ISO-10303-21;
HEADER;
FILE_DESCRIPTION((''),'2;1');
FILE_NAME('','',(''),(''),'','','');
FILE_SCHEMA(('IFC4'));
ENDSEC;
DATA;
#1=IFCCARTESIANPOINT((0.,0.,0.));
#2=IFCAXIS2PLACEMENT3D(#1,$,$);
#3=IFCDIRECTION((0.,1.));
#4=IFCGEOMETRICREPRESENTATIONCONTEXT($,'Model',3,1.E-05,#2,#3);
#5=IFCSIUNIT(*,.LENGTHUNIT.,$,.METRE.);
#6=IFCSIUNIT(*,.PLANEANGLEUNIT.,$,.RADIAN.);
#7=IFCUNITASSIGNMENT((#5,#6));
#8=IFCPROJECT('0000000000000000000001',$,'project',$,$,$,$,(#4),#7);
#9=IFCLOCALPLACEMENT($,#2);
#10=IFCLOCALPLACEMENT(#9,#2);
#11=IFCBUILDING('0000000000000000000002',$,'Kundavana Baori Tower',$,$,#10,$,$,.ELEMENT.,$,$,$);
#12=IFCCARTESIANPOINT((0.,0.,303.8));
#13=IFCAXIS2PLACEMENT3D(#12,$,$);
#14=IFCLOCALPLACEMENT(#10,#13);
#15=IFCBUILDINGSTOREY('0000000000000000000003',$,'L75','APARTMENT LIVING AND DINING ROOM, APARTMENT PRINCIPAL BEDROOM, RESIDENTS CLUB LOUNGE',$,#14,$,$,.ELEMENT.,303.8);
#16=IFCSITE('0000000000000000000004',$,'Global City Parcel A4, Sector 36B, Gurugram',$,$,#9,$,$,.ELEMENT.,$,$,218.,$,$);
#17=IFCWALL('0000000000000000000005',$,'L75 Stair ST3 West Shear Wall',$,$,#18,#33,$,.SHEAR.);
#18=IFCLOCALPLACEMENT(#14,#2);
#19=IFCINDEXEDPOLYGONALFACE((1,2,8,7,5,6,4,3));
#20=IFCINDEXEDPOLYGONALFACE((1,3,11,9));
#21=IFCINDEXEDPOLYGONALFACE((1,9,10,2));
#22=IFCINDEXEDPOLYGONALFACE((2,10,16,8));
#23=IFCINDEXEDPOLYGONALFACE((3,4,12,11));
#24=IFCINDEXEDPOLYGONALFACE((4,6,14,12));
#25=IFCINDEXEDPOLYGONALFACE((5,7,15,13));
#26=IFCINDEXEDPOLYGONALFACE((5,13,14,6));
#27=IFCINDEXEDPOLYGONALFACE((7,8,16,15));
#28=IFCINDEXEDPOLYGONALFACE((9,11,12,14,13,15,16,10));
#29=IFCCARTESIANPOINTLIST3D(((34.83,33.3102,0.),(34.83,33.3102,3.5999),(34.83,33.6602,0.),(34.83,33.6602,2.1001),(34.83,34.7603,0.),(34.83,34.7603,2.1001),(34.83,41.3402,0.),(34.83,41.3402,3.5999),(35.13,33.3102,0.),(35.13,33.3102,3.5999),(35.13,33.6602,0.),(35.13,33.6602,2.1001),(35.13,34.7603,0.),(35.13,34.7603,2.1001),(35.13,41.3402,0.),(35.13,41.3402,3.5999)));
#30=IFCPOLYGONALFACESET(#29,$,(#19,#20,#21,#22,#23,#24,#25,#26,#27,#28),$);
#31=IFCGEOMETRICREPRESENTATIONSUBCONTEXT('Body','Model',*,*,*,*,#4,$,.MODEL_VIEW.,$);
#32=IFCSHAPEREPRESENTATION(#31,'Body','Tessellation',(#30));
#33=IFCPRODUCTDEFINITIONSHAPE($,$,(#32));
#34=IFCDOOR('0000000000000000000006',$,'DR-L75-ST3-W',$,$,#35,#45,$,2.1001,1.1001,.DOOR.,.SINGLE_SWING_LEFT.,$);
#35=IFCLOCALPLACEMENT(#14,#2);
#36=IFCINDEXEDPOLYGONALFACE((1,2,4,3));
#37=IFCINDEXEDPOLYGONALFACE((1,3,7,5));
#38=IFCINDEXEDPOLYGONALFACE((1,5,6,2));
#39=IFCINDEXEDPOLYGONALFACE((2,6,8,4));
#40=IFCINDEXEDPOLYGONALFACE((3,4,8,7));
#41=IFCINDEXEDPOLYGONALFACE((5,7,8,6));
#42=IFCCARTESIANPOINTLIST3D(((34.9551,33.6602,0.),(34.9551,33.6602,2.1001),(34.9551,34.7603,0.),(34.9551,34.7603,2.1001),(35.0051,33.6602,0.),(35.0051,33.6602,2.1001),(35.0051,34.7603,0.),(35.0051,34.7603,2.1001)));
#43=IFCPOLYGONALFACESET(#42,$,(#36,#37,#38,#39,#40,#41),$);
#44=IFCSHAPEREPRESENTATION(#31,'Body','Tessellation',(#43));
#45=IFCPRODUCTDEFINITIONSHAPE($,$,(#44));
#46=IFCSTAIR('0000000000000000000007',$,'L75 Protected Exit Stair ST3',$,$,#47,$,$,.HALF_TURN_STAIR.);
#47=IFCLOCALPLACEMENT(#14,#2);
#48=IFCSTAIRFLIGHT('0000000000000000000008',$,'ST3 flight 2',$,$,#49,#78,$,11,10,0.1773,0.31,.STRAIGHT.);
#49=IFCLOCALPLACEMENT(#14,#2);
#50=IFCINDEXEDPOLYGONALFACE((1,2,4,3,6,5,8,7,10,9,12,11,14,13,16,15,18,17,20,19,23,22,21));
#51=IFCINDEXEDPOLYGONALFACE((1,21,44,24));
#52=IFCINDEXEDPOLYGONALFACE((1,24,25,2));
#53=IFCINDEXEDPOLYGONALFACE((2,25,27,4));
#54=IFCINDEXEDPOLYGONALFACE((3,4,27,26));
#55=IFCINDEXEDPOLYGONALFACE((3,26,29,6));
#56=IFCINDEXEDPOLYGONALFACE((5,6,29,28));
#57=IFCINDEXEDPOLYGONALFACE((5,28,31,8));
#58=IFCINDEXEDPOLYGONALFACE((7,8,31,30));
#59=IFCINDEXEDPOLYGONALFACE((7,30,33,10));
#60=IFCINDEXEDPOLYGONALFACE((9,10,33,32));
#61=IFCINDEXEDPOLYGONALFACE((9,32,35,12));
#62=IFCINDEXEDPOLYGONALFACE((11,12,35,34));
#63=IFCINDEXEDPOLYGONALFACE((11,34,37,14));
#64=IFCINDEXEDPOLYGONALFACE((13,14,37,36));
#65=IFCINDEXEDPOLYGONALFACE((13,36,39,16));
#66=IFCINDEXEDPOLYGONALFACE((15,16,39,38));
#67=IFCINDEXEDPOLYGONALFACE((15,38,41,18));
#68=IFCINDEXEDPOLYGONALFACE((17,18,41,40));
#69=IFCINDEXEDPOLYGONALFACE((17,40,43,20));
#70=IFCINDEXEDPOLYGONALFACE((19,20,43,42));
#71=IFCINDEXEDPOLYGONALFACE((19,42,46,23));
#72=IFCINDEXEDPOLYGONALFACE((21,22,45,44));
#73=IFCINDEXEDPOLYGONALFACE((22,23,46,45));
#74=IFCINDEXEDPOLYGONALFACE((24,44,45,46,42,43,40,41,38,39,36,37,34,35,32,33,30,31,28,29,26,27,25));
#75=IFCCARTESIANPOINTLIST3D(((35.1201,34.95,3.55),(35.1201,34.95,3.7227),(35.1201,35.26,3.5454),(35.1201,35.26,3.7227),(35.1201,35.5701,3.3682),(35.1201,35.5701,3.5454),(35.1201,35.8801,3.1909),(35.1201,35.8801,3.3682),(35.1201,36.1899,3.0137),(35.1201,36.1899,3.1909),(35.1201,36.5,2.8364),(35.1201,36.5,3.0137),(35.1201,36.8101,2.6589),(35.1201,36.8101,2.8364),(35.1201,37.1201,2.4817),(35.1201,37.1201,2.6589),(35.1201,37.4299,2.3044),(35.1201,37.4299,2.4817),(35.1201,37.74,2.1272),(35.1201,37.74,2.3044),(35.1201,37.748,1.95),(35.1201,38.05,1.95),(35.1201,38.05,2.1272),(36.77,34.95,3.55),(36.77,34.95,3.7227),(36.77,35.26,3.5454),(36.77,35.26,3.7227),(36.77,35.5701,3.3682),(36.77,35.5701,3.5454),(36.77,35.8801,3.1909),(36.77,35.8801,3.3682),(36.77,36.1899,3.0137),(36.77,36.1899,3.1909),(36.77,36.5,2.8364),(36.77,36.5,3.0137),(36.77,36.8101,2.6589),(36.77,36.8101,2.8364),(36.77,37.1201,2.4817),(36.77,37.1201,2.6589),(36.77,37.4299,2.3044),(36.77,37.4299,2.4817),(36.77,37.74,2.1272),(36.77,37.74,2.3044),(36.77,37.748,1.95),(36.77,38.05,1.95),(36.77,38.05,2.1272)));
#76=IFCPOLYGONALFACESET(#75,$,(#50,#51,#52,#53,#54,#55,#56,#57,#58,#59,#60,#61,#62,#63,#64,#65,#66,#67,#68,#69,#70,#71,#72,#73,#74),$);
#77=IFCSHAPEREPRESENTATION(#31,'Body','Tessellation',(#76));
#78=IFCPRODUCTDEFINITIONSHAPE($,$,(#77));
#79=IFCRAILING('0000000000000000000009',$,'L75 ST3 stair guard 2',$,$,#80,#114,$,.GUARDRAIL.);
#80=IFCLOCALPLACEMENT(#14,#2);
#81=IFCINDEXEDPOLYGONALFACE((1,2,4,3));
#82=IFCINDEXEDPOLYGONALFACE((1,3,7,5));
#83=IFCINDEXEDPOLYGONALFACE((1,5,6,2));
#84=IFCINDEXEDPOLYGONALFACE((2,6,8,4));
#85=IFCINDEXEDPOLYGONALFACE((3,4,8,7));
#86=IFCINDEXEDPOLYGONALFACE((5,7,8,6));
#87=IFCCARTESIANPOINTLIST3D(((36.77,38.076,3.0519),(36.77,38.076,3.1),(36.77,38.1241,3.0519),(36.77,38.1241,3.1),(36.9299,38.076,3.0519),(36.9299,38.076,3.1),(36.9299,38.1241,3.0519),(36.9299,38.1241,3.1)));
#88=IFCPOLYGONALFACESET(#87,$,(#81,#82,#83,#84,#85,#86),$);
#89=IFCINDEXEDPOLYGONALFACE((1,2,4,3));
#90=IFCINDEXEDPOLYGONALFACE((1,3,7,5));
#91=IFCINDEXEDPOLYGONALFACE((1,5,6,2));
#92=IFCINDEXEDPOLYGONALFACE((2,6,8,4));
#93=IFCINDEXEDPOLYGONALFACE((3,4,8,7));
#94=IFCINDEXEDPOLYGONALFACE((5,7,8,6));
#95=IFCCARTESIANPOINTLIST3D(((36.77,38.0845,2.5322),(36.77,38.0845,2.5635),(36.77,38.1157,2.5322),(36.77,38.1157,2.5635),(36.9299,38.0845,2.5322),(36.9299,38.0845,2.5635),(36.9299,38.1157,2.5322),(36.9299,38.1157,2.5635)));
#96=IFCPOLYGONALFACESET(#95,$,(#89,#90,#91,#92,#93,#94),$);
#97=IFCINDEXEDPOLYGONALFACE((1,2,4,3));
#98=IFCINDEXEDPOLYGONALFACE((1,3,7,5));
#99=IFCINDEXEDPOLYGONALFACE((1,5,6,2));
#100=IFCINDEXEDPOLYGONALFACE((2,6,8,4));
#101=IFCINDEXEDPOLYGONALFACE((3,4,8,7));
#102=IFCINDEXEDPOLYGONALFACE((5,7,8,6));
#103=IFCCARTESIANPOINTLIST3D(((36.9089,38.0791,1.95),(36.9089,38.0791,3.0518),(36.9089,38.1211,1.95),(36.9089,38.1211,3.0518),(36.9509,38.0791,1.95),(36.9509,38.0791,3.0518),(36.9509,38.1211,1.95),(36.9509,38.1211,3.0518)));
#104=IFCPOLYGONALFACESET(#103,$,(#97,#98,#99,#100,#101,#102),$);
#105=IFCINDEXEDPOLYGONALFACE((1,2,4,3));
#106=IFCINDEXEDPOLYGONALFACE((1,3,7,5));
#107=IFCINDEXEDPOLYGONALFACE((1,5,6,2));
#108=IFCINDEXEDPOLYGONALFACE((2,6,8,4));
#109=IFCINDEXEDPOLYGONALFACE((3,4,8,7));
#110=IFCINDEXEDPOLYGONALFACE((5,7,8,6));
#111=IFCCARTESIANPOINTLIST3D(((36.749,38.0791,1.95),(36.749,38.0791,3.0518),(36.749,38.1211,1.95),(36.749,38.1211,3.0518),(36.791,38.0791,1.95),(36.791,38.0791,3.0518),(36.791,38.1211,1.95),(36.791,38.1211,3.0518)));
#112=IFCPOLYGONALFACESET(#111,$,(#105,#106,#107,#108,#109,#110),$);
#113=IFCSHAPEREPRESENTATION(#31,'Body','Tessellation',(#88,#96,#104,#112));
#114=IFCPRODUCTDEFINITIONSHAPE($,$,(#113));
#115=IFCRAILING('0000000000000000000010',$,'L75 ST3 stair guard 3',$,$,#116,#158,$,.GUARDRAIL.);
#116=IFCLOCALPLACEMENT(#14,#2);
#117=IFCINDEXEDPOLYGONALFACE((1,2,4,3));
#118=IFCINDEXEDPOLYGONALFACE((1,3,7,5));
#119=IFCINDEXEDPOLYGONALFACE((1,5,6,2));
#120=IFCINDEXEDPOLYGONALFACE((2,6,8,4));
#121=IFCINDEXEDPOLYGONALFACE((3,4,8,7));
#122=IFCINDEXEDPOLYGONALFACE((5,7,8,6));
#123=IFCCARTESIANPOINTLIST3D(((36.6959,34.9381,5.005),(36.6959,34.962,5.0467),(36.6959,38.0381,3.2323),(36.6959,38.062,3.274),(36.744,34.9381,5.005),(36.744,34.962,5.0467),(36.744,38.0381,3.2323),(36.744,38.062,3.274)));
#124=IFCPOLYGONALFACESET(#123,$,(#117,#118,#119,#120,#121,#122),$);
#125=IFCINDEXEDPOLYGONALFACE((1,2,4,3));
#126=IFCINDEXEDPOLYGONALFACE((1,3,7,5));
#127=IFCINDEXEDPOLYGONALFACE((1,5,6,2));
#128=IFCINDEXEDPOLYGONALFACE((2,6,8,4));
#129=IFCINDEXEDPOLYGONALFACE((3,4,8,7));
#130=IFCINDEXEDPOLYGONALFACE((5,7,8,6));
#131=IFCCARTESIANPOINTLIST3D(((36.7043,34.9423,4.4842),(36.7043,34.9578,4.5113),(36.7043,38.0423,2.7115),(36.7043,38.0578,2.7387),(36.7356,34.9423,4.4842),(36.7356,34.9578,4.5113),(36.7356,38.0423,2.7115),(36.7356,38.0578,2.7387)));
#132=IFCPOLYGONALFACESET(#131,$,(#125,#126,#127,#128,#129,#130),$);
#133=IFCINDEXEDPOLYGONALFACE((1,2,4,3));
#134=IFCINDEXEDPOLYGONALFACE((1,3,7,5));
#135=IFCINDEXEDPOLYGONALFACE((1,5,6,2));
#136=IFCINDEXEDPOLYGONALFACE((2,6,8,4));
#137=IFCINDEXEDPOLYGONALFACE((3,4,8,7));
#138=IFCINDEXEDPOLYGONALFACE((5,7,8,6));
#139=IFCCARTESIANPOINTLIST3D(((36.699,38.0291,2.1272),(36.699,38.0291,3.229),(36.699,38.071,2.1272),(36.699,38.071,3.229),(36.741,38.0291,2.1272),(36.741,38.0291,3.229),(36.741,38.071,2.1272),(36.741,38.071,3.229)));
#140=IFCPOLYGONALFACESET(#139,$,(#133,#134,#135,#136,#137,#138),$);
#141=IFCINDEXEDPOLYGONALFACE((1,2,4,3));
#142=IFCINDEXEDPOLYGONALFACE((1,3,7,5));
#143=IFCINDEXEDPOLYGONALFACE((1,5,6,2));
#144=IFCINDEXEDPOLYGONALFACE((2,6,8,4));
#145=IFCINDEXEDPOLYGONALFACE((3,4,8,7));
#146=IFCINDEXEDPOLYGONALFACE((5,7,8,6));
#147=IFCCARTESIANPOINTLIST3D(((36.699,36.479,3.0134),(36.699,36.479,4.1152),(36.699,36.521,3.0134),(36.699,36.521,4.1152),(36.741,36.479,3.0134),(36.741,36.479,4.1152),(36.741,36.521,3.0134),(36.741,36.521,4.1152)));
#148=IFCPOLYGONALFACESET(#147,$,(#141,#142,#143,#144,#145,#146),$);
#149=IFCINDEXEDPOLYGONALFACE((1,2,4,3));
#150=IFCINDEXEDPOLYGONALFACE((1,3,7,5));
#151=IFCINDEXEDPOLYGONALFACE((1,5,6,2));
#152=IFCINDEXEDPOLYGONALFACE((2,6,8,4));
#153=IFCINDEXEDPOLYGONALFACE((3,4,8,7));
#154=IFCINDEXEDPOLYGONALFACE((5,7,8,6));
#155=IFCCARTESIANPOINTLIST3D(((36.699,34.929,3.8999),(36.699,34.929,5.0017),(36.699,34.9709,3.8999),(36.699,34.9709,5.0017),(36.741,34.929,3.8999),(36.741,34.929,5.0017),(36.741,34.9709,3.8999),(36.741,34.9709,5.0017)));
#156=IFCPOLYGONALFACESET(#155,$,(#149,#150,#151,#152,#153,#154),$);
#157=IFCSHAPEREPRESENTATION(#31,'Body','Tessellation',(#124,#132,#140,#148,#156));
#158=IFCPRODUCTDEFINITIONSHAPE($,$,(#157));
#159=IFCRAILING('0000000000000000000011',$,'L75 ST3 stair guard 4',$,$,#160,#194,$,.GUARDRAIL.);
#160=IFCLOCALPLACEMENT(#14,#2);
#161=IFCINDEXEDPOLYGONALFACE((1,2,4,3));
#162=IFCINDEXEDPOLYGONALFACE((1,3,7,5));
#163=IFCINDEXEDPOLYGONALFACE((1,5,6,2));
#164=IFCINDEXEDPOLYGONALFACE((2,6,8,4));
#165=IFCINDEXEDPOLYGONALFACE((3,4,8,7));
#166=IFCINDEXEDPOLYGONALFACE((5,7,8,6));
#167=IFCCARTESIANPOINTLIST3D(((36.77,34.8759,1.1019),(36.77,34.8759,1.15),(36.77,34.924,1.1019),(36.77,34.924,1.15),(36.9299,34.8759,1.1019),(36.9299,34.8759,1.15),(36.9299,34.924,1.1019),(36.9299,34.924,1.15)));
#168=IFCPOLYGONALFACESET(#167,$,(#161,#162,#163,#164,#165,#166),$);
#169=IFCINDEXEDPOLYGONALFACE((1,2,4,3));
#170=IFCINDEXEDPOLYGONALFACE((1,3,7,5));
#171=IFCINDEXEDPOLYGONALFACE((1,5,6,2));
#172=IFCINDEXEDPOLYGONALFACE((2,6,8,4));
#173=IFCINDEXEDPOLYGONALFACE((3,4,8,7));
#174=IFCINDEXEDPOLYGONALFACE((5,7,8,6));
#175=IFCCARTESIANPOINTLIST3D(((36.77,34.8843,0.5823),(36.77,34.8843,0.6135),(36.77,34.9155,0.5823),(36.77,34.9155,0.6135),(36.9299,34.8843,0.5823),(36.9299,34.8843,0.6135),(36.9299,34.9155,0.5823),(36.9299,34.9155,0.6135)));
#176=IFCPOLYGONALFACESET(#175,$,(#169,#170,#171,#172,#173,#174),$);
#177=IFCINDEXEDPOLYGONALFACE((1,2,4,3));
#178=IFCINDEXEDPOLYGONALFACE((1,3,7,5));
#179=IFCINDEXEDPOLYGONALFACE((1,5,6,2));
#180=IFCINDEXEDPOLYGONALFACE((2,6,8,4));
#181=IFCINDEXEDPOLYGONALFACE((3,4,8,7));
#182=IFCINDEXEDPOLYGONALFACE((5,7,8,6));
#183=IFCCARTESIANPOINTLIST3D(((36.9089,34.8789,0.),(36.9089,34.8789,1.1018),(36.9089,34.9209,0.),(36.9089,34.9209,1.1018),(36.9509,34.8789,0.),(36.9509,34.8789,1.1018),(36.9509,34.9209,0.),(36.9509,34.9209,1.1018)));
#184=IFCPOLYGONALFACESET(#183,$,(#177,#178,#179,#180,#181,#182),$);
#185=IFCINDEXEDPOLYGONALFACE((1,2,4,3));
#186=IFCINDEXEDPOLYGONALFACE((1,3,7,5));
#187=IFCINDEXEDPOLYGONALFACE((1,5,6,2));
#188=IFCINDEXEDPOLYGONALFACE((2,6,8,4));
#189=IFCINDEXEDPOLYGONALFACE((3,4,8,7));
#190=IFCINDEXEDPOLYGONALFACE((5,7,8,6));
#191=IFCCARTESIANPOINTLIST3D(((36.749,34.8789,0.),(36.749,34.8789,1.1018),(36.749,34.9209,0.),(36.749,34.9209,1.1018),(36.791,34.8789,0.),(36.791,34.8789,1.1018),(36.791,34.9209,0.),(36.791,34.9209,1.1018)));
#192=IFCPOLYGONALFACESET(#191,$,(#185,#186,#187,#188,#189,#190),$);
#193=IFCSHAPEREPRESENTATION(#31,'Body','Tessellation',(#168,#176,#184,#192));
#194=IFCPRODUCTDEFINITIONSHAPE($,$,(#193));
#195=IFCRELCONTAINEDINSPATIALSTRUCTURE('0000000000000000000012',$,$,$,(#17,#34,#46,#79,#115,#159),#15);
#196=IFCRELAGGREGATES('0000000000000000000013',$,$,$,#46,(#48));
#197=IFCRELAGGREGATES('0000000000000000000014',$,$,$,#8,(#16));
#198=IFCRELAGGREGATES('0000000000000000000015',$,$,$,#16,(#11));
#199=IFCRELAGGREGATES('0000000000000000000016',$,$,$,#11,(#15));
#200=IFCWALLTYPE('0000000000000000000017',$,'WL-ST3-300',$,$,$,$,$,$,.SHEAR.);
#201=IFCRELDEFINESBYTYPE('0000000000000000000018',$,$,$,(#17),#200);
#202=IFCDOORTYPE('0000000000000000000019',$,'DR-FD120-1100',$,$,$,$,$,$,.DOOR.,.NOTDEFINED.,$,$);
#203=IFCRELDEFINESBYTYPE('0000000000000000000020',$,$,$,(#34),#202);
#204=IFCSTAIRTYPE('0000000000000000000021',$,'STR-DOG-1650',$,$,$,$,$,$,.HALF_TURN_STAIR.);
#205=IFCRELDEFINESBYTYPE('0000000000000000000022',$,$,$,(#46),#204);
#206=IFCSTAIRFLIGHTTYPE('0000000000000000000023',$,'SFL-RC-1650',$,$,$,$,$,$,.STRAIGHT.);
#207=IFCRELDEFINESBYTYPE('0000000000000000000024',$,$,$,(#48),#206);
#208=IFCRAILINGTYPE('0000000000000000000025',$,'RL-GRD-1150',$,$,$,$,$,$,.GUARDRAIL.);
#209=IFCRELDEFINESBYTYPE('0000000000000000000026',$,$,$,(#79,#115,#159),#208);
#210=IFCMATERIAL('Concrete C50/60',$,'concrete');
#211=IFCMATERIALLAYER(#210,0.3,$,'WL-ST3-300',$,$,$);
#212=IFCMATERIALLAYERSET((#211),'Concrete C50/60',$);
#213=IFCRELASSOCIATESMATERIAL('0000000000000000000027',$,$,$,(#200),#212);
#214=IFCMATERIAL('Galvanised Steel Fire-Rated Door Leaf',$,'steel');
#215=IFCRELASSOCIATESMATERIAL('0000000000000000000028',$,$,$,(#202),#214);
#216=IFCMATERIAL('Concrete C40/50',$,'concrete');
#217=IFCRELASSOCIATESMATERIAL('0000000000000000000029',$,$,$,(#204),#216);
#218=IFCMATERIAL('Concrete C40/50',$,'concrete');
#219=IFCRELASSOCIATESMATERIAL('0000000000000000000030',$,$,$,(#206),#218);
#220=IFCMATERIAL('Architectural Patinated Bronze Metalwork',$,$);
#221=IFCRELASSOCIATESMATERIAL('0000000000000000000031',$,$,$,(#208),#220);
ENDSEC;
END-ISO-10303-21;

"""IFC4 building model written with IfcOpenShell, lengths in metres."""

from ifc_helpers import new_model, si_unit, direction, frame, frame_2d, origin, origin_2d, place, context, subcontext, project, spatial, polyline, rectangle, outline, extrude, material, layer, layer_set, type_object, element, fill, aggregate, save


model = new_model("IFC4")

# Units and contexts
model_context = context("Model", 3, precision=1e-05, world=origin(), true_north=direction((0.0, 1.0)))
body_context = subcontext(model_context, "Body", "Model", "MODEL_VIEW")
ifc_project = project(units=[si_unit("LENGTHUNIT", "METRE"), si_unit("PLANEANGLEUNIT", "RADIAN")], contexts=[model_context])

# Site, building, storey
site_placement = place(None, origin())
site = spatial("IfcSite", under=ifc_project, at=site_placement, Name="Global City Parcel A4, Sector 36B, Gurugram", CompositionType="ELEMENT", RefElevation=218.0)
building_placement = place(site_placement, origin())
building = spatial("IfcBuilding", under=site, at=building_placement, Name="Kundavana Baori Tower", CompositionType="ELEMENT")
storey_placement = place(building_placement, frame((0.0, 0.0, 303.8)))
storey = spatial("IfcBuildingStorey", under=building, at=storey_placement, Name="L75", Description="APARTMENT LIVING AND DINING ROOM, APARTMENT PRINCIPAL BEDROOM, RESIDENTS CLUB LOUNGE", CompositionType="ELEMENT", Elevation=303.8)

# Shared definitions
ifc_material_1 = material(Name="Concrete C50/60", Category="concrete")
ifc_layer_1 = layer(ifc_material_1, 0.3, Name="WL-ST3-300")
ifc_layer_set_1 = layer_set([ifc_layer_1], Name="Concrete C50/60")
wall_type_1 = type_object("IfcWallType", Name="WL-ST3-300", PredefinedType="SHEAR", material=ifc_layer_set_1)

# Wall, opening, door
wall_1_placement = place(storey_placement, frame((34.98, 33.3101, 0.0), z_axis=(0.0, 0.0, 1.0), x_axis=(0.0, 1.0, 0.0)))
wall_1 = element("IfcWall", 1, at=wall_1_placement, inside=storey, type_object=wall_type_1, Name="L75 Stair ST3 West Shear Wall", PredefinedType="SHEAR", context=body_context, shape_type="SweptSolid", body=[
    extrude(rectangle(XDim=8.03, YDim=0.3, at=frame_2d((4.0151, 0.0))), origin(), (0.0, 0.0, 1.0), 3.5999),
])
opening_1_placement = place(wall_1_placement, frame((0.3501, 0.0, 0.0)))
opening_1 = element("IfcOpeningElement", 2, at=opening_1_placement, cuts=wall_1, PredefinedType="OPENING", context=body_context, shape_type="SweptSolid", body=[
    extrude(rectangle(XDim=1.1001, YDim=2.1001, at=frame_2d((0.55, 1.05))), frame((0.0, 0.1602, 0.0), z_axis=(0.0, -1.0, 0.0), x_axis=(1.0, 0.0, 0.0)), (0.0, 0.0, 1.0), 0.3201),
])
ifc_material_2 = material(Name="Galvanised Steel Fire-Rated Door Leaf", Category="steel")
door_type_1 = type_object("IfcDoorType", Name="DR-FD120-1100", OperationType="NOTDEFINED", PredefinedType="DOOR", material=ifc_material_2)
door_1_placement = place(opening_1_placement, origin())
door_1 = element("IfcDoor", 3, at=door_1_placement, inside=storey, type_object=door_type_1, Name="DR-L75-ST3-W", OperationType="SINGLE_SWING_LEFT", OverallHeight=2.1001, OverallWidth=1.1001, PredefinedType="DOOR", context=body_context, shape_type="SweptSolid", body=[
    extrude(rectangle(XDim=1.1001, YDim=2.1001, at=frame_2d((0.55, 1.05))), frame((0.0, 0.0249, 0.0), z_axis=(0.0, -1.0, 0.0), x_axis=(1.0, 0.0, 0.0)), (0.0, 0.0, 1.0), 0.05),
])
fill(opening_1, door_1)

# Stair, stair flight
ifc_material_3 = material(Name="Concrete C40/50", Category="concrete")
stair_type = type_object("IfcStairType", Name="STR-DOG-1650", PredefinedType="HALF_TURN_STAIR", material=ifc_material_3)
stair_placement = place(storey_placement, origin())
stair = element("IfcStair", 4, at=stair_placement, inside=storey, type_object=stair_type, Name="L75 Protected Exit Stair ST3", PredefinedType="HALF_TURN_STAIR")
ifc_material_4 = material(Name="Concrete C40/50", Category="concrete")
stair_flight_type = type_object("IfcStairFlightType", Name="SFL-RC-1650", PredefinedType="STRAIGHT", material=ifc_material_4)
stair_flight_placement = place(storey_placement, frame((35.9451, 38.05, 1.95), z_axis=(0.0, 0.0, 1.0), x_axis=(0.0, -1.0, 0.0)))
stair_flight = element("IfcStairFlight", 5, at=stair_flight_placement, type_object=stair_flight_type, Name="ST3 flight 2", NumberOfRisers=11, NumberOfTreads=10, PredefinedType="STRAIGHT", RiserHeight=0.1773, TreadLength=0.31, context=body_context, shape_type="SweptSolid", body=[
    extrude(outline(polyline([(0.0, 0.0), (0.0, 0.1772), (0.3101, 0.1772), (0.3101, 0.3545), (0.6201, 0.3545), (0.6201, 0.5317), (0.9299, 0.5317), (0.9299, 0.709), (1.24, 0.709), (1.24, 0.8865), (1.55, 0.8865), (1.55, 1.0637), (1.8601, 1.0637), (1.8601, 1.241), (2.1699, 1.241), (2.1699, 1.4182), (2.48, 1.4182), (2.48, 1.5955), (2.79, 1.5955), (2.79, 1.7727), (3.1001, 1.7727), (3.1001, 1.95), (3.1001, 1.6001), (0.302, 0.0), (0.0, 0.0)])), frame((0.0, 0.825, 0.0), z_axis=(0.0, -1.0, 0.0), x_axis=(1.0, 0.0, 0.0)), (0.0, 0.0, 1.0), 1.6499),
])
aggregate(stair, [stair_flight])

# Railings
ifc_material_5 = material(Name="Architectural Patinated Bronze Metalwork")
railing_type_1 = type_object("IfcRailingType", Name="RL-GRD-1150", PredefinedType="GUARDRAIL", material=ifc_material_5)
railing_1_placement = place(storey_placement, frame((36.9299, 38.1001, 1.95)))
element("IfcRailing", 6, at=railing_1_placement, inside=storey, type_object=railing_type_1, Name="L75 ST3 stair guard 2", PredefinedType="GUARDRAIL", context=body_context, shape_type="SweptSolid", body=[
    extrude(rectangle(XDim=0.0481, YDim=0.0481, at=origin_2d()), frame((0.0, 0.0, 1.126), z_axis=(-1.0, 0.0, 0.0), x_axis=(0.0, -1.0, 0.0)), (0.0, 0.0, 1.0), 0.1599),
    extrude(rectangle(XDim=0.0312, YDim=0.0312, at=origin_2d()), frame((0.0, 0.0, 0.5979), z_axis=(-1.0, 0.0, 0.0), x_axis=(0.0, -1.0, 0.0)), (0.0, 0.0, 1.0), 0.1599),
    extrude(rectangle(XDim=0.042, YDim=0.042, at=origin_2d()), origin(), (0.0, 0.0, 1.0), 1.1018),
    extrude(rectangle(XDim=0.042, YDim=0.042, at=origin_2d()), frame((-0.1599, 0.0, 0.0)), (0.0, 0.0, 1.0), 1.1018),
])
railing_2_placement = place(storey_placement, frame((36.72, 38.05, 2.1272)))
element("IfcRailing", 7, at=railing_2_placement, inside=storey, type_object=railing_type_1, Name="L75 ST3 stair guard 3", PredefinedType="GUARDRAIL", context=body_context, shape_type="SweptSolid", body=[
    extrude(rectangle(XDim=0.0481, YDim=0.0481, at=origin_2d()), frame((0.0, 0.0, 1.126), z_axis=(0.0, -0.868096, 0.496397), x_axis=(1.0, 0.0, 0.0)), (0.0, 0.0, 1.0), 3.571),
    extrude(rectangle(XDim=0.0312, YDim=0.0312, at=origin_2d()), frame((0.0, 0.0, 0.5979), z_axis=(0.0, -0.868096, 0.496397), x_axis=(1.0, 0.0, 0.0)), (0.0, 0.0, 1.0), 3.571),
    extrude(rectangle(XDim=0.042, YDim=0.042, at=origin_2d()), origin(), (0.0, 0.0, 1.0), 1.1018),
    extrude(rectangle(XDim=0.042, YDim=0.042, at=origin_2d()), frame((0.0, -1.55, 0.8862)), (0.0, 0.0, 1.0), 1.1018),
    extrude(rectangle(XDim=0.042, YDim=0.042, at=origin_2d()), frame((0.0, -3.1001, 1.7727)), (0.0, 0.0, 1.0), 1.1018),
])
railing_3_placement = place(storey_placement, frame((36.9299, 34.8999, 0.0)))
element("IfcRailing", 8, at=railing_3_placement, inside=storey, type_object=railing_type_1, Name="L75 ST3 stair guard 4", PredefinedType="GUARDRAIL", context=body_context, shape_type="SweptSolid", body=[
    extrude(rectangle(XDim=0.0481, YDim=0.0481, at=origin_2d()), frame((0.0, 0.0, 1.126), z_axis=(-1.0, 0.0, 0.0), x_axis=(0.0, -1.0, 0.0)), (0.0, 0.0, 1.0), 0.1599),
    extrude(rectangle(XDim=0.0312, YDim=0.0312, at=origin_2d()), frame((0.0, 0.0, 0.5979), z_axis=(-1.0, 0.0, 0.0), x_axis=(0.0, -1.0, 0.0)), (0.0, 0.0, 1.0), 0.1599),
    extrude(rectangle(XDim=0.042, YDim=0.042, at=origin_2d()), origin(), (0.0, 0.0, 1.0), 1.1018),
    extrude(rectangle(XDim=0.042, YDim=0.042, at=origin_2d()), frame((-0.1599, 0.0, 0.0)), (0.0, 0.0, 1.0), 1.1018),
])

save(model, "model.ifc")
